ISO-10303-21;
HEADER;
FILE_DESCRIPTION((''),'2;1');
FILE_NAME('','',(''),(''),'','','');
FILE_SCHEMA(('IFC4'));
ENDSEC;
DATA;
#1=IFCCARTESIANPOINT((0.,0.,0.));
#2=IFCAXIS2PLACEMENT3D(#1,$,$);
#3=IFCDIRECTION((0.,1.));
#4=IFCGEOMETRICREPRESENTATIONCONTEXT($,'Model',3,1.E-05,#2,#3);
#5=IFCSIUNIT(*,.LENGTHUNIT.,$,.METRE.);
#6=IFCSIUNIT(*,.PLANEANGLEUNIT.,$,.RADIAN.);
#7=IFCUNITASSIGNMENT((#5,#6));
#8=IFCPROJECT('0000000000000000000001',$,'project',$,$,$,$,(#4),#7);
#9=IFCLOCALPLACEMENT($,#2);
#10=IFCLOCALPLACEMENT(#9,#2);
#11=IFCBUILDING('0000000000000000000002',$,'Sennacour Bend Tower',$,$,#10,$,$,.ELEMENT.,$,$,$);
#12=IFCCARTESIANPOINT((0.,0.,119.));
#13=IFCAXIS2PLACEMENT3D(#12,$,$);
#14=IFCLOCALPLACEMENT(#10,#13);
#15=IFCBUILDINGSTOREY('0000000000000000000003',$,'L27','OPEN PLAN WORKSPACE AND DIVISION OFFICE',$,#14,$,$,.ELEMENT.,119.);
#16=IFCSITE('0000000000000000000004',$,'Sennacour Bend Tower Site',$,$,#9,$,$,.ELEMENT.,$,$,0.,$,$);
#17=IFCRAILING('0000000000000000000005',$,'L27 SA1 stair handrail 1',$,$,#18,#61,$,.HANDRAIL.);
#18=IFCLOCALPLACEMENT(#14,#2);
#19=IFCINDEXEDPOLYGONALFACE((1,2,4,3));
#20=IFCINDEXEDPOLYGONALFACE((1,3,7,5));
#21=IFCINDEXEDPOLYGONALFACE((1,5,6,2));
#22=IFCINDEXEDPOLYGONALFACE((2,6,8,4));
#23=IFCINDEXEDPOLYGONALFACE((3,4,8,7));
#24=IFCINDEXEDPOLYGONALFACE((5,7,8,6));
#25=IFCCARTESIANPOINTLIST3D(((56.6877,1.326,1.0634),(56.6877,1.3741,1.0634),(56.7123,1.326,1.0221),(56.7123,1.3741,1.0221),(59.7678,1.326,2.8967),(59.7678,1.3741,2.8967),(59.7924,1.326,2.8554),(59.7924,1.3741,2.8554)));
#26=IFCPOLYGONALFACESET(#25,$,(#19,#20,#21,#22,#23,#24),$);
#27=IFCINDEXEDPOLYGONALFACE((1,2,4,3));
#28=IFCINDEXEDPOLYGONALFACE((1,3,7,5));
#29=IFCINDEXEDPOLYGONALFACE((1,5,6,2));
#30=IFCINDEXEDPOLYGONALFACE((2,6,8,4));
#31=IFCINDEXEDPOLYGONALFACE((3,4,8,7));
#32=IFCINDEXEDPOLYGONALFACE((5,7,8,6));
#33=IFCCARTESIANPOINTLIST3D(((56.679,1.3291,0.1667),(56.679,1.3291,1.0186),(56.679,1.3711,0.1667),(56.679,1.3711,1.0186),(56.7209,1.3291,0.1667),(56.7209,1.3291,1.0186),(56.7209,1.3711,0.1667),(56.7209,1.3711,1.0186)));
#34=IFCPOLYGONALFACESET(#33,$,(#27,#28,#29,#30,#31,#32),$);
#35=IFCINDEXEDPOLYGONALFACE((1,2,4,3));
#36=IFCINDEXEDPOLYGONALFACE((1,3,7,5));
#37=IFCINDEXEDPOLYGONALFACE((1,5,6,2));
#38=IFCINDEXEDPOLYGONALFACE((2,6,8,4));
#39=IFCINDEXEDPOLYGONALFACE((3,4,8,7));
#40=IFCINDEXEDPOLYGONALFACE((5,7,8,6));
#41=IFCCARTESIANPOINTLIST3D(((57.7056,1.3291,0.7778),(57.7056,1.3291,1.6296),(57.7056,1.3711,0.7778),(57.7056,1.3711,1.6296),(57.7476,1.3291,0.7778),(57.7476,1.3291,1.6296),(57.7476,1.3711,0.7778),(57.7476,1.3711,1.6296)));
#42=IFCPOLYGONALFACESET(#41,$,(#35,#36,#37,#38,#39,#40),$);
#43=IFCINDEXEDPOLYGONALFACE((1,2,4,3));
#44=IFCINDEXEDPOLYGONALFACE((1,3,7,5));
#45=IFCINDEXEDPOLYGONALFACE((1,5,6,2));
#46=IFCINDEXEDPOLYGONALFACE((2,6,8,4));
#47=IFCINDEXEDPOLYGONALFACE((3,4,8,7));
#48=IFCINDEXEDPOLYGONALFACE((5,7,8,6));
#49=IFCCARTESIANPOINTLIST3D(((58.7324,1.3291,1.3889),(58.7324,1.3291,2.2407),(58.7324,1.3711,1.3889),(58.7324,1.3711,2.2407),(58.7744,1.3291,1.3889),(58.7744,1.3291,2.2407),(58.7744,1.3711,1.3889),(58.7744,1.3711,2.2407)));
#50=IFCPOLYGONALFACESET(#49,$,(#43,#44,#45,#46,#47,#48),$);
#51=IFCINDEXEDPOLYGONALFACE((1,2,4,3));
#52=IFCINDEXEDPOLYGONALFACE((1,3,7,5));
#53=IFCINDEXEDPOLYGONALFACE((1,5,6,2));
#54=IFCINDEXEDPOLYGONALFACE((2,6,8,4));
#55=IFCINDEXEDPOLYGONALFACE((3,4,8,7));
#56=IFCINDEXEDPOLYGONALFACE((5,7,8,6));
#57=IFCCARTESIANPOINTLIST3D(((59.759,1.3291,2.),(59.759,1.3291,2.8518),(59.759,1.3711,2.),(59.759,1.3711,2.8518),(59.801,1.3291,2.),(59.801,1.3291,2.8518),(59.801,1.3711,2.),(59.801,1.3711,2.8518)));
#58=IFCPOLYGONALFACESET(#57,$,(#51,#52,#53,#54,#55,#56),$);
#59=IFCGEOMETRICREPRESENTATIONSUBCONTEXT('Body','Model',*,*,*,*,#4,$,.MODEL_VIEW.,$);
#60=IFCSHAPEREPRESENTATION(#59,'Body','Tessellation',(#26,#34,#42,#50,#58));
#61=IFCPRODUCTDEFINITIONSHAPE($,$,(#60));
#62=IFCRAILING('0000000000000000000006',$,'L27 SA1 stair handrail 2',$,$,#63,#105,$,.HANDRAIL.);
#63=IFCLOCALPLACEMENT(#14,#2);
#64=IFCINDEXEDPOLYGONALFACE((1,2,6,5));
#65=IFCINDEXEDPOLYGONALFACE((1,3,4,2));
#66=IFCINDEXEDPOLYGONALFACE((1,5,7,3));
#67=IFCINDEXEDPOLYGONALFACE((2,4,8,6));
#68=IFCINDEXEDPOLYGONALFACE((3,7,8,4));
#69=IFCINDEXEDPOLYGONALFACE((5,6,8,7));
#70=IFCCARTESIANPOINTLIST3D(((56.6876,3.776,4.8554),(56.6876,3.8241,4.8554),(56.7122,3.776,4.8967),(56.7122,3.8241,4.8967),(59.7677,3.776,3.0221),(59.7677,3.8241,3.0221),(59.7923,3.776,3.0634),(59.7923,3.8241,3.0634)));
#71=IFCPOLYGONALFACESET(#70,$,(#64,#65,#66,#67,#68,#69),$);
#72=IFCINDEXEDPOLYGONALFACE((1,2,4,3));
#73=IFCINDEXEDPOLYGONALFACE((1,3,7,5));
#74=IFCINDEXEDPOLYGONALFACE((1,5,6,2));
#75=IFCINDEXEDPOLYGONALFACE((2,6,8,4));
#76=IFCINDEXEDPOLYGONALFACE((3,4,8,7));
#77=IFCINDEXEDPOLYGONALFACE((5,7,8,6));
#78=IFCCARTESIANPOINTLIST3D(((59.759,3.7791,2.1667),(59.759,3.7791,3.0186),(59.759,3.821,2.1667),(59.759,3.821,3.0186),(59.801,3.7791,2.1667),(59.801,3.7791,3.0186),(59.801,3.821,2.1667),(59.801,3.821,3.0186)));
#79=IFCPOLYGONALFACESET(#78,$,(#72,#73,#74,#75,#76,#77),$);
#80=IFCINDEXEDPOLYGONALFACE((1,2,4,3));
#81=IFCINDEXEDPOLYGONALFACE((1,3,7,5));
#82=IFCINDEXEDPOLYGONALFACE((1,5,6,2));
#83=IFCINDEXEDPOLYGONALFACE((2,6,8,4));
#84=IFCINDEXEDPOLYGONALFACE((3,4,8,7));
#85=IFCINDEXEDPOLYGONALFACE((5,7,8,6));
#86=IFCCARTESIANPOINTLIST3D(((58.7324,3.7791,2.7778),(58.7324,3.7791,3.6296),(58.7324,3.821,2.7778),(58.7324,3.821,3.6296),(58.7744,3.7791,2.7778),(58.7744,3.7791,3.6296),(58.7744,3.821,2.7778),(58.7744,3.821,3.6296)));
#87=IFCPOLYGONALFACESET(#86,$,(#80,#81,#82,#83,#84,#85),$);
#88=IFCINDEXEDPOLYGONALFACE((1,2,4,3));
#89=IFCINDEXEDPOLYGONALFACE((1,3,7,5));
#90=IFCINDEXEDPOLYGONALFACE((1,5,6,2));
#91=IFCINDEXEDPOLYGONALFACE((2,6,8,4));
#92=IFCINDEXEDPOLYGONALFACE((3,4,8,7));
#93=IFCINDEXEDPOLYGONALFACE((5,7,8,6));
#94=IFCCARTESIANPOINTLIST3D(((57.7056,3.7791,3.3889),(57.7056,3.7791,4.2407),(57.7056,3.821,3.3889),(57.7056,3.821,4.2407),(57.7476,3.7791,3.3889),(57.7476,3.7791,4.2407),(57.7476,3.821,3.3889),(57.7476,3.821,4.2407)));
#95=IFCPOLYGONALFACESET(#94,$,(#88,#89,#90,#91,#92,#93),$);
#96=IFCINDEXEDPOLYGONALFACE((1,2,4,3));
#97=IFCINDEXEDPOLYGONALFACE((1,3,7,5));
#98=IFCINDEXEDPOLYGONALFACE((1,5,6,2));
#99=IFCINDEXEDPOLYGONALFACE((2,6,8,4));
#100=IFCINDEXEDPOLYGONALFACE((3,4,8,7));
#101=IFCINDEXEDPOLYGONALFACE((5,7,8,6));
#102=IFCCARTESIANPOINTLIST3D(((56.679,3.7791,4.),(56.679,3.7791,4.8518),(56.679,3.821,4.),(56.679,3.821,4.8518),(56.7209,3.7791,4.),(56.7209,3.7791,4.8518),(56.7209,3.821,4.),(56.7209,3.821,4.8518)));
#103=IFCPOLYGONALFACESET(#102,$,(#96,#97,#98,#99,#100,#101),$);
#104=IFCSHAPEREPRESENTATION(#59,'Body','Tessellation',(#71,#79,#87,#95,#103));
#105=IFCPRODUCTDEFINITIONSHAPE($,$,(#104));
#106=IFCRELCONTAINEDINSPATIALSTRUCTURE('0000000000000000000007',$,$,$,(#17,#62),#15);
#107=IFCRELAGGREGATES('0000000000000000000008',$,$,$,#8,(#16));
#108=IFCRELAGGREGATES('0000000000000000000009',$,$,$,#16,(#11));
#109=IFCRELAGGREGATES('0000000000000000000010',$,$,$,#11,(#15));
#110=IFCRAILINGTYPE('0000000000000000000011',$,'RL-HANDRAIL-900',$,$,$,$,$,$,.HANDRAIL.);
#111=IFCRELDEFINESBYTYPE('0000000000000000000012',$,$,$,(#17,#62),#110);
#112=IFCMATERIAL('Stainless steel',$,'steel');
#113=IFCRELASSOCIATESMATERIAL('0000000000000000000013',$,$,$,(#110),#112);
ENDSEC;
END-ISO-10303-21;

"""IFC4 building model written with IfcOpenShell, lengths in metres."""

from ifc_helpers import new_model, si_unit, direction, frame, origin, origin_2d, place, context, subcontext, project, spatial, rectangle, extrude, material, type_object, element, save


model = new_model("IFC4")

# Units and contexts
model_context = context("Model", 3, precision=1e-05, world=origin(), true_north=direction((0.0, 1.0)))
body_context = subcontext(model_context, "Body", "Model", "MODEL_VIEW")
ifc_project = project(units=[si_unit("LENGTHUNIT", "METRE"), si_unit("PLANEANGLEUNIT", "RADIAN")], contexts=[model_context])

# Site, building, storey
site_placement = place(None, origin())
site = spatial("IfcSite", under=ifc_project, at=site_placement, Name="Sennacour Bend Tower Site", CompositionType="ELEMENT", RefElevation=0.0)
building_placement = place(site_placement, origin())
building = spatial("IfcBuilding", under=site, at=building_placement, Name="Sennacour Bend Tower", CompositionType="ELEMENT")
storey_placement = place(building_placement, frame((0.0, 0.0, 119.0)))
storey = spatial("IfcBuildingStorey", under=building, at=storey_placement, Name="L27", Description="OPEN PLAN WORKSPACE AND DIVISION OFFICE", CompositionType="ELEMENT", Elevation=119.0)

# Shared definitions
ifc_material_1 = material(Name="Stainless steel", Category="steel")

# Railings
railing_type_1 = type_object("IfcRailingType", Name="RL-HANDRAIL-900", PredefinedType="HANDRAIL", material=ifc_material_1)
railing_1_placement = place(storey_placement, frame((56.7, 1.3501, 0.1667)))
element("IfcRailing", 1, at=railing_1_placement, inside=storey, type_object=railing_type_1, Name="L27 SA1 stair handrail 1", PredefinedType="HANDRAIL", context=body_context, shape_type="SweptSolid", body=[
    extrude(rectangle(XDim=0.0481, YDim=0.0481, at=origin_2d()), frame((0.0, 0.0, 0.876), z_axis=(0.859309, 0.0, 0.511458), x_axis=(0.0, 1.0, 0.0)), (0.0, 0.0, 1.0), 3.5845),
    extrude(rectangle(XDim=0.042, YDim=0.042, at=origin_2d()), origin(), (0.0, 0.0, 1.0), 0.8518),
    extrude(rectangle(XDim=0.042, YDim=0.042, at=origin_2d()), frame((1.0266, 0.0, 0.6111)), (0.0, 0.0, 1.0), 0.8518),
    extrude(rectangle(XDim=0.042, YDim=0.042, at=origin_2d()), frame((2.0535, 0.0, 1.2222)), (0.0, 0.0, 1.0), 0.8518),
    extrude(rectangle(XDim=0.042, YDim=0.042, at=origin_2d()), frame((3.0801, 0.0, 1.8333)), (0.0, 0.0, 1.0), 0.8518),
])
railing_2_placement = place(storey_placement, frame((59.78, 3.8, 2.1667)))
element("IfcRailing", 2, at=railing_2_placement, inside=storey, type_object=railing_type_1, Name="L27 SA1 stair handrail 2", PredefinedType="HANDRAIL", context=body_context, shape_type="SweptSolid", body=[
    extrude(rectangle(XDim=0.0481, YDim=0.0481, at=origin_2d()), frame((0.0, 0.0, 0.876), z_axis=(-0.859309, 0.0, 0.511458), x_axis=(0.0, -1.0, 0.0)), (0.0, 0.0, 1.0), 3.5845),
    extrude(rectangle(XDim=0.042, YDim=0.042, at=origin_2d()), origin(), (0.0, 0.0, 1.0), 0.8518),
    extrude(rectangle(XDim=0.042, YDim=0.042, at=origin_2d()), frame((-1.0266, 0.0, 0.6111)), (0.0, 0.0, 1.0), 0.8518),
    extrude(rectangle(XDim=0.042, YDim=0.042, at=origin_2d()), frame((-2.0535, 0.0, 1.2222)), (0.0, 0.0, 1.0), 0.8518),
    extrude(rectangle(XDim=0.042, YDim=0.042, at=origin_2d()), frame((-3.0801, 0.0, 1.8333)), (0.0, 0.0, 1.0), 0.8518),
])

save(model, "model.ifc")
